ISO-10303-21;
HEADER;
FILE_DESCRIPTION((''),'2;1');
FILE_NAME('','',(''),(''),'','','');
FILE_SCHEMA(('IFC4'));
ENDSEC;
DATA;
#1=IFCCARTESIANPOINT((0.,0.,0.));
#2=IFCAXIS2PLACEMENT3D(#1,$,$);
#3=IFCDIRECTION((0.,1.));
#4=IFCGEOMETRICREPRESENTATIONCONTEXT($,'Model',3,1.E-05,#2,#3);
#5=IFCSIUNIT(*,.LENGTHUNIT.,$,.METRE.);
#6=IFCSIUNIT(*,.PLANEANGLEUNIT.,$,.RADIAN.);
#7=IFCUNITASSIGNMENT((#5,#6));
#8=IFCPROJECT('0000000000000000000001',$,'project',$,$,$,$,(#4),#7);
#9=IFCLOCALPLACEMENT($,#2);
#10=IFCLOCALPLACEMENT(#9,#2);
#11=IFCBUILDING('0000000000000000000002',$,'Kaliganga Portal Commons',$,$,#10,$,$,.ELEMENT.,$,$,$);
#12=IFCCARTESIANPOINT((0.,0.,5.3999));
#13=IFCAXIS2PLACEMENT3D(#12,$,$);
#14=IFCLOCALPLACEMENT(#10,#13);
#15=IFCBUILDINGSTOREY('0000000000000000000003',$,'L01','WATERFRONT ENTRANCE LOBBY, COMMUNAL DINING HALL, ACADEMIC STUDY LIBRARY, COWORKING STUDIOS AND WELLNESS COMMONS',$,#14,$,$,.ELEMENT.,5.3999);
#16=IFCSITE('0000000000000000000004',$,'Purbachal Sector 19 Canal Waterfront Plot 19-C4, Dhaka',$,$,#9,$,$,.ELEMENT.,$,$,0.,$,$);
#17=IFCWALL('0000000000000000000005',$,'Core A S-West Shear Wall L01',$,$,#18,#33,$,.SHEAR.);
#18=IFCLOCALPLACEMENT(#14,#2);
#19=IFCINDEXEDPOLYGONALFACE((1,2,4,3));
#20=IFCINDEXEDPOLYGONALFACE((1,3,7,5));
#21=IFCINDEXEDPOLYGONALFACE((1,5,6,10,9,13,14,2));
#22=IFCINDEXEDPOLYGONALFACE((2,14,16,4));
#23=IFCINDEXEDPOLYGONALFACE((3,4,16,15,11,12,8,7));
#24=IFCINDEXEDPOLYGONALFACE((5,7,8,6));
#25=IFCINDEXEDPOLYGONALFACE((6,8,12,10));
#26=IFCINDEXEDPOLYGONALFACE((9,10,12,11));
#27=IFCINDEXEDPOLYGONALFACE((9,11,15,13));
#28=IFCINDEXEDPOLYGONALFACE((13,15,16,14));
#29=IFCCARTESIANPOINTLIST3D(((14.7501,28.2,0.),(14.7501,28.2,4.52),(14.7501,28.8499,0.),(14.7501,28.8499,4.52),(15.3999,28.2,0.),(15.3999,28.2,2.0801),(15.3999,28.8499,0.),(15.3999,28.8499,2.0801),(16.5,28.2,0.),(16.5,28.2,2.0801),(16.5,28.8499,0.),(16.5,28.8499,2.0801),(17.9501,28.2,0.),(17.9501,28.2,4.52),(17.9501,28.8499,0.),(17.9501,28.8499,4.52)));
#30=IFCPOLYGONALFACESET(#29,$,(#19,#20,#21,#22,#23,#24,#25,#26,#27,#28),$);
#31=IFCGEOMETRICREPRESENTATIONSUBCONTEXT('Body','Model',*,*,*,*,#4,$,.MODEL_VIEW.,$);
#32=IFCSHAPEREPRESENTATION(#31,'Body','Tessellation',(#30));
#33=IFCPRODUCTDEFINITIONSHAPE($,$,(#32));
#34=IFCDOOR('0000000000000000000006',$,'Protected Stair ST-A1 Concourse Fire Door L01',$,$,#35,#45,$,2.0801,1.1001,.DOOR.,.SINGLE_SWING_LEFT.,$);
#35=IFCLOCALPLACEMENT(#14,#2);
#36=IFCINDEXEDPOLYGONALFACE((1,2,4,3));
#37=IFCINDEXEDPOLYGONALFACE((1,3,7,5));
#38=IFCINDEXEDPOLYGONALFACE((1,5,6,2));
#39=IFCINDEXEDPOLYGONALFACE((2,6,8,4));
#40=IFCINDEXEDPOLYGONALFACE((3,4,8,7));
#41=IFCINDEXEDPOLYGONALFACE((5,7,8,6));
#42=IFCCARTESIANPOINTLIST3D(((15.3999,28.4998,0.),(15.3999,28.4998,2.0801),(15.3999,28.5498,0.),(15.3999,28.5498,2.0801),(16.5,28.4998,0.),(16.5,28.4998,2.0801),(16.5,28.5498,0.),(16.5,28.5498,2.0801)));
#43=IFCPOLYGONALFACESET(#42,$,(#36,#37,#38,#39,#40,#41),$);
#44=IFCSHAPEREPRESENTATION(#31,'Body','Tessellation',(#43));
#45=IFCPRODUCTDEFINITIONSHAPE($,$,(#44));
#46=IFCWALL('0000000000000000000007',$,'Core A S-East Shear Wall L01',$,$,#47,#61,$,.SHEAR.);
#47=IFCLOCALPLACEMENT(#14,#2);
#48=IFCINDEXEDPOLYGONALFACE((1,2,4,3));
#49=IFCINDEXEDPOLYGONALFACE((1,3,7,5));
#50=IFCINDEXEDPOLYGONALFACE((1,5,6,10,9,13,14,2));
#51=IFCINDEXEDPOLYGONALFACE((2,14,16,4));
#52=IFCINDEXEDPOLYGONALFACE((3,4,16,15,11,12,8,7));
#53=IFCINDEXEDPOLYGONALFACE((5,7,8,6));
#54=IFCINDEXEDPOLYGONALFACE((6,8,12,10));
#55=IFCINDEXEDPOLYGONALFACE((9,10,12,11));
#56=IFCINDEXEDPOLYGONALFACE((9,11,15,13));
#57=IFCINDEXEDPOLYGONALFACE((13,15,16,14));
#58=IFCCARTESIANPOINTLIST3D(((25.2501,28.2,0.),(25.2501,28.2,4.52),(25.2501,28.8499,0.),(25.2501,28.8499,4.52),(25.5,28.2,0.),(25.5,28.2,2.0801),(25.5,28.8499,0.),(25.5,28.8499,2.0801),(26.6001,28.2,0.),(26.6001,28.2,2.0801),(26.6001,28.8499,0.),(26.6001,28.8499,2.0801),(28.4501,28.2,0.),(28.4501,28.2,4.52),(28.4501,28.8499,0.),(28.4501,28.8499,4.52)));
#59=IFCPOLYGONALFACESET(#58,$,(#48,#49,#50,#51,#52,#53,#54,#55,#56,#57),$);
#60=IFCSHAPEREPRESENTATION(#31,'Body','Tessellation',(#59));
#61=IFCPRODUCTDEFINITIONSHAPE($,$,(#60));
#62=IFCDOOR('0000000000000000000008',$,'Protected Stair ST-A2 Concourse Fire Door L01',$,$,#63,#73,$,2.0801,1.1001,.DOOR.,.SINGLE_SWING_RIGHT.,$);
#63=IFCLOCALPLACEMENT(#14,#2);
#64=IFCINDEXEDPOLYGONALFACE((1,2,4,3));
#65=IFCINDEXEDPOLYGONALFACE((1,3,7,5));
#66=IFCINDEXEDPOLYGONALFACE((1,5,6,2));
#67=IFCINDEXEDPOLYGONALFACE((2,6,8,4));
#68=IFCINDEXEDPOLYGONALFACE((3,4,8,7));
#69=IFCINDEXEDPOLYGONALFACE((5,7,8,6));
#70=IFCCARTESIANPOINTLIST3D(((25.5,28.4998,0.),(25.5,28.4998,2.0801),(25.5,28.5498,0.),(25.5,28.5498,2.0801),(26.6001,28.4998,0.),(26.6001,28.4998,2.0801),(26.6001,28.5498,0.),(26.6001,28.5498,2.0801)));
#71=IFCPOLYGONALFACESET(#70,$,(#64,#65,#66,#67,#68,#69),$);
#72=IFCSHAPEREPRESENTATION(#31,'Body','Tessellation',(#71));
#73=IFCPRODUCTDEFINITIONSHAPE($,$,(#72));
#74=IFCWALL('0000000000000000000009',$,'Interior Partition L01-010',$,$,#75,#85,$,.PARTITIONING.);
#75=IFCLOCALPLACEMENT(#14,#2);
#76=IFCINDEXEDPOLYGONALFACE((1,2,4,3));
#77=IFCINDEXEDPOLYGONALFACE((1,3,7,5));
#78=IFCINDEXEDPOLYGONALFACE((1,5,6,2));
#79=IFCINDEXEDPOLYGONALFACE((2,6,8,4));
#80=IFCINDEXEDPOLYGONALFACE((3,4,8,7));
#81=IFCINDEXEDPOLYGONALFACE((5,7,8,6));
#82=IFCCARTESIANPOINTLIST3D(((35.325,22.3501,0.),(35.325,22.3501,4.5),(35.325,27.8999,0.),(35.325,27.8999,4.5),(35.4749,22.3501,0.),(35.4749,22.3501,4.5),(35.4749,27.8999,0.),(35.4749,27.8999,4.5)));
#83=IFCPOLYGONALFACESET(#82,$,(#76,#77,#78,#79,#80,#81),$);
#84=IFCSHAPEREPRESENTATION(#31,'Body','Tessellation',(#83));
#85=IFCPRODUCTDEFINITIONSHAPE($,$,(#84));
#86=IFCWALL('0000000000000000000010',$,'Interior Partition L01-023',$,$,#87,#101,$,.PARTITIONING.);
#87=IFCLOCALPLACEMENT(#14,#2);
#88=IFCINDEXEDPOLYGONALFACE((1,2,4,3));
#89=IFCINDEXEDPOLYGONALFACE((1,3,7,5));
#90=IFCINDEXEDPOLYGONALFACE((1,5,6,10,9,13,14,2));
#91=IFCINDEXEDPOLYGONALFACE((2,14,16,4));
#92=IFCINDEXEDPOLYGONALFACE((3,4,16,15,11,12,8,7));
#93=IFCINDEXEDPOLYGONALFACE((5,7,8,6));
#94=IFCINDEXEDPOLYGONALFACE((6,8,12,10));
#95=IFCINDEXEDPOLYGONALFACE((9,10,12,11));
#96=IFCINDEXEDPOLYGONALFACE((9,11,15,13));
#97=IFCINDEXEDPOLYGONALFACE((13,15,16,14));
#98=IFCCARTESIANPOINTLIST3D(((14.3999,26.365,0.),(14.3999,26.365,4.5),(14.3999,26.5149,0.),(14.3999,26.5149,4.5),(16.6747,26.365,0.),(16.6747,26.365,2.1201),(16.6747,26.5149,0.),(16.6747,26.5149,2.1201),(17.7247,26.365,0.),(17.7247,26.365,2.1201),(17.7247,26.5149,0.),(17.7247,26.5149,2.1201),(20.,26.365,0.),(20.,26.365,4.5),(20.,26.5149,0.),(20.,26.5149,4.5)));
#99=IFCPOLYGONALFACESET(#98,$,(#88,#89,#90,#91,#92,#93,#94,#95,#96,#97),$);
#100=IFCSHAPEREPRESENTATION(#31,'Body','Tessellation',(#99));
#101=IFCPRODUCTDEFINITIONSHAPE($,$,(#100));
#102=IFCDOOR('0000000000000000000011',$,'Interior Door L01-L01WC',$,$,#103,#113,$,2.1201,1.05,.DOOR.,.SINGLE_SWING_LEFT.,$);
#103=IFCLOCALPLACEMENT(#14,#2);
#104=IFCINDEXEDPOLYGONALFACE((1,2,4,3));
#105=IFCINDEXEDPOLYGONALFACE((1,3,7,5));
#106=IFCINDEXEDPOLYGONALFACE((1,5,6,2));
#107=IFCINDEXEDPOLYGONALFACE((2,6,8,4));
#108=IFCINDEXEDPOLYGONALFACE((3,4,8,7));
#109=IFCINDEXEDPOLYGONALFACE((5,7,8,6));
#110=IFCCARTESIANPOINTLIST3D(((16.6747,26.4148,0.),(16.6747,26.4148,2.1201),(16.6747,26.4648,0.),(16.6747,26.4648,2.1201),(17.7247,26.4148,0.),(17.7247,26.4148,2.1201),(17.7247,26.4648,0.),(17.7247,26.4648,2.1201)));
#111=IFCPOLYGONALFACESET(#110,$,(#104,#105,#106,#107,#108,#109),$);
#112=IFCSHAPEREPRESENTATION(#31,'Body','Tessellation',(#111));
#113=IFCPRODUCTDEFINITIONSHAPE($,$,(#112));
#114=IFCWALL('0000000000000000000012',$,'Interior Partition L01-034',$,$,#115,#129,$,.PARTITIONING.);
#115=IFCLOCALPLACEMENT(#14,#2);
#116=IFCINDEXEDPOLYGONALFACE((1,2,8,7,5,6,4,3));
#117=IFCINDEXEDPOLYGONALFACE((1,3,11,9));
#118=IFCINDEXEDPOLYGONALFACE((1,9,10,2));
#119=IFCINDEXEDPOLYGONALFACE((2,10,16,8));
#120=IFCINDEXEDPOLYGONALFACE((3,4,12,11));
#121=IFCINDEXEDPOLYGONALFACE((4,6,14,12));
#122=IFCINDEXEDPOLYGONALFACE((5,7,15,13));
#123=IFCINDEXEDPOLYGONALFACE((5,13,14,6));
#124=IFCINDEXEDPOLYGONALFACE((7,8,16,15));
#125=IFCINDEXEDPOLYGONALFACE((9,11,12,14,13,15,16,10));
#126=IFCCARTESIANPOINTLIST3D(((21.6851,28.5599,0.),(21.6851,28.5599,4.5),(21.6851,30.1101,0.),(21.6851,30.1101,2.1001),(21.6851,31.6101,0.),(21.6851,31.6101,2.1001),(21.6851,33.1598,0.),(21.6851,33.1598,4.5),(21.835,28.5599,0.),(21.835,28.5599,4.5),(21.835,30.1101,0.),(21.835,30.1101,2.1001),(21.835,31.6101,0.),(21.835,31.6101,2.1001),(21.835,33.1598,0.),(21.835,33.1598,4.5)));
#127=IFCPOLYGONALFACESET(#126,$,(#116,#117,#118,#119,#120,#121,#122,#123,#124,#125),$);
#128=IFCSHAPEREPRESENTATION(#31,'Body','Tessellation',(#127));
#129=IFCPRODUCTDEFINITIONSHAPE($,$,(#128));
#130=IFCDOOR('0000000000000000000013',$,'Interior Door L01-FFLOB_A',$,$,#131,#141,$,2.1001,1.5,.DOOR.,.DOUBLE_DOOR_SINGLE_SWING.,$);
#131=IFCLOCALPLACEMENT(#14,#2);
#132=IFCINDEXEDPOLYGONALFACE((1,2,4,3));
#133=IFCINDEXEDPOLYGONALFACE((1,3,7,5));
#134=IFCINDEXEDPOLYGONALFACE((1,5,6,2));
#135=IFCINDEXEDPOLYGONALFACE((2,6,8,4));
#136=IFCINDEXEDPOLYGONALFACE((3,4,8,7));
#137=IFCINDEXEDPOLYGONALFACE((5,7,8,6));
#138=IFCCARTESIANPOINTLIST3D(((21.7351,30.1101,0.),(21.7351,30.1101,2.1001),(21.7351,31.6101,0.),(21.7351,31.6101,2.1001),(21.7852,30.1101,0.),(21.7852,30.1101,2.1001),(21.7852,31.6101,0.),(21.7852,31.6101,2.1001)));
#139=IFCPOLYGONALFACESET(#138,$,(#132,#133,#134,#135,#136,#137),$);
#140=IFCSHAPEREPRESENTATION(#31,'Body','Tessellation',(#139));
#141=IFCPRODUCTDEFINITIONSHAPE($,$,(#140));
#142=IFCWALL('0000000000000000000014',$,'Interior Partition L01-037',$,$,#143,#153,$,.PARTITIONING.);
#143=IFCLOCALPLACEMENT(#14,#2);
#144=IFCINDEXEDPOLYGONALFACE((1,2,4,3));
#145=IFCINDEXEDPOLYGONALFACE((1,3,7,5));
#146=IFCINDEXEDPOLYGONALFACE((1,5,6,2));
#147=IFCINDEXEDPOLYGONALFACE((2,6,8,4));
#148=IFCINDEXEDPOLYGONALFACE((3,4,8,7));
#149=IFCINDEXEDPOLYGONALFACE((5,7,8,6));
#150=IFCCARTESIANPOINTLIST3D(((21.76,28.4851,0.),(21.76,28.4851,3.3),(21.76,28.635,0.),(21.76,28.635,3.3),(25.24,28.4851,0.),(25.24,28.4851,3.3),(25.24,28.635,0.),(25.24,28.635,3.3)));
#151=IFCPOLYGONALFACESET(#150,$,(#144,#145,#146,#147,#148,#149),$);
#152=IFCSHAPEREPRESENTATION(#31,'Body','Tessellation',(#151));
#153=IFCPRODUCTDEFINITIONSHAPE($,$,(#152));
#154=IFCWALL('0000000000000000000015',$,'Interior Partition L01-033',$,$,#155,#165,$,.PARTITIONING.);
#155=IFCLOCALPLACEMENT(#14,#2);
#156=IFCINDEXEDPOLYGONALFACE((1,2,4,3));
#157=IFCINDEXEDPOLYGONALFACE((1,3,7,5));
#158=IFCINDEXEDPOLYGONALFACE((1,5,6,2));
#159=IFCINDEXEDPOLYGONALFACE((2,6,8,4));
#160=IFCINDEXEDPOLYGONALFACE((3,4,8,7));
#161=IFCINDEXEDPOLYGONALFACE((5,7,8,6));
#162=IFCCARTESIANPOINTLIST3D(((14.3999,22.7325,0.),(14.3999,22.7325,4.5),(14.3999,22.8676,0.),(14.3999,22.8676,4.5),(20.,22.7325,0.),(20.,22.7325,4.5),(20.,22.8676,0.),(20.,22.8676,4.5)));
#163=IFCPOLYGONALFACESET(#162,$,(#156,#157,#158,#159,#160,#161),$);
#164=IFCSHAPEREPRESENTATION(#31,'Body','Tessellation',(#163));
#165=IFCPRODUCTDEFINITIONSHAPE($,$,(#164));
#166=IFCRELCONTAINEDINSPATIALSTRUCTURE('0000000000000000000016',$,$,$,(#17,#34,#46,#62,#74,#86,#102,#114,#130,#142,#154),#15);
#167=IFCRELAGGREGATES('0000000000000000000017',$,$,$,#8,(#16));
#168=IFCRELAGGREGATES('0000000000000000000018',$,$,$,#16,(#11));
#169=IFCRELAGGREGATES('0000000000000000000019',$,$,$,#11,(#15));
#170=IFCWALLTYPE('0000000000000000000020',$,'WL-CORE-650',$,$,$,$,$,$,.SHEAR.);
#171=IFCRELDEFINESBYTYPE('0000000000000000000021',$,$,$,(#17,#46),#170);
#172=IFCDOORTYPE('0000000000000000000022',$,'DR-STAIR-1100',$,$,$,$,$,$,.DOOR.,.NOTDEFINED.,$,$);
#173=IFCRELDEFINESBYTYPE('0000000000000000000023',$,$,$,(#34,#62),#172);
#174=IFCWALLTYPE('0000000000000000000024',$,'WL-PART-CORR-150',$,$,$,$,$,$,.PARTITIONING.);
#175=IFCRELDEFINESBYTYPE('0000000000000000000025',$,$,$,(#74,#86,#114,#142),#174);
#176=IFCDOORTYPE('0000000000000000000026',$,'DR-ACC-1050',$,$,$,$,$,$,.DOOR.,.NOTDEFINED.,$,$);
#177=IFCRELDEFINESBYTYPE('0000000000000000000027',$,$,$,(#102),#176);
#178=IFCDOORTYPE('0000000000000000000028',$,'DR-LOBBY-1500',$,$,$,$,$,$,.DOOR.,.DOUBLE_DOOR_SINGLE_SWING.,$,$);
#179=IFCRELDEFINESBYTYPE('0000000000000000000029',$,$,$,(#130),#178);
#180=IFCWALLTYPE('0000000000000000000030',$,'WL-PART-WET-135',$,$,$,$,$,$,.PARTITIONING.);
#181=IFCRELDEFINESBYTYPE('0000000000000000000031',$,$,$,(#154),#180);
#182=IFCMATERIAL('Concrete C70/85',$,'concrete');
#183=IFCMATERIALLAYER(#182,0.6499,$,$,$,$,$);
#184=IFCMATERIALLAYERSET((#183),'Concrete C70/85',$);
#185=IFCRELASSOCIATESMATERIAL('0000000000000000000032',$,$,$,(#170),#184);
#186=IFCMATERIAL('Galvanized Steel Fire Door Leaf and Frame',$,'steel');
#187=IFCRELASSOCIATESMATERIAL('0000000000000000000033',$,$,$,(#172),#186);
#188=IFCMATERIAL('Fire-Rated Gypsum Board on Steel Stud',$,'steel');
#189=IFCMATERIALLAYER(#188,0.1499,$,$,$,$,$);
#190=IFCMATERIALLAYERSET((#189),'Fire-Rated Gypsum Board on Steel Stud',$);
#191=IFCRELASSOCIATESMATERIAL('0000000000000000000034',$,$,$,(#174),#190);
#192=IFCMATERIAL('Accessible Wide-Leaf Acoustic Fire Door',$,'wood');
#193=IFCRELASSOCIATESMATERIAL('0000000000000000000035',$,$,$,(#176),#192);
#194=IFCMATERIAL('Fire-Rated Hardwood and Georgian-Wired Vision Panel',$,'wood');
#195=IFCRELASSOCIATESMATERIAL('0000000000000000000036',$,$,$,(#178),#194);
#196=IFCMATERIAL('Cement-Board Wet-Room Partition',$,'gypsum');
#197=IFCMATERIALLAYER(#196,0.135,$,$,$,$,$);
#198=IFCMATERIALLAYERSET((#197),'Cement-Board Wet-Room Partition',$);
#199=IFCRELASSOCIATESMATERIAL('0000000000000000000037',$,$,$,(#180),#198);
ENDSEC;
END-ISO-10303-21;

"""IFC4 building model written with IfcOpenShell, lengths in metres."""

from ifc_helpers import new_model, si_unit, direction, frame, frame_2d, origin, place, context, subcontext, project, spatial, rectangle, extrude, material, layer, layer_set, type_object, element, fill, save


model = new_model("IFC4")

# Units and contexts
model_context = context("Model", 3, precision=1e-05, world=origin(), true_north=direction((0.0, 1.0)))
body_context = subcontext(model_context, "Body", "Model", "MODEL_VIEW")
ifc_project = project(units=[si_unit("LENGTHUNIT", "METRE"), si_unit("PLANEANGLEUNIT", "RADIAN")], contexts=[model_context])

# Site, building, storey
site_placement = place(None, origin())
site = spatial("IfcSite", under=ifc_project, at=site_placement, Name="Purbachal Sector 19 Canal Waterfront Plot 19-C4, Dhaka", CompositionType="ELEMENT", RefElevation=0.0)
building_placement = place(site_placement, origin())
building = spatial("IfcBuilding", under=site, at=building_placement, Name="Kaliganga Portal Commons", CompositionType="ELEMENT")
storey_placement = place(building_placement, frame((0.0, 0.0, 5.3999)))
storey = spatial("IfcBuildingStorey", under=building, at=storey_placement, Name="L01", Description="WATERFRONT ENTRANCE LOBBY, COMMUNAL DINING HALL, ACADEMIC STUDY LIBRARY, COWORKING STUDIOS AND WELLNESS COMMONS", CompositionType="ELEMENT", Elevation=5.3999)

# Shared definitions
ifc_material_1 = material(Name="Concrete C70/85", Category="concrete")

# Shared definitions
ifc_layer_1 = layer(ifc_material_1, 0.6499)
ifc_layer_set_1 = layer_set([ifc_layer_1], Name="Concrete C70/85")
wall_type_1 = type_object("IfcWallType", Name="WL-CORE-650", PredefinedType="SHEAR", material=ifc_layer_set_1)

# Walls, openings, doors
wall_1_placement = place(storey_placement, frame((14.75, 28.5249, 0.0), z_axis=(0.0, 0.0, 1.0), x_axis=(1.0, 0.0, 0.0)))
wall_1 = element("IfcWall", 1, at=wall_1_placement, inside=storey, type_object=wall_type_1, Name="Core A S-West Shear Wall L01", PredefinedType="SHEAR", context=body_context, shape_type="SweptSolid", body=[
    extrude(rectangle(XDim=3.2, YDim=0.6499, at=frame_2d((1.6001, 0.0))), origin(), (0.0, 0.0, 1.0), 4.52),
])
opening_1_placement = place(wall_1_placement, frame((0.6499, 0.0, 0.0)))
opening_1 = element("IfcOpeningElement", 2, at=opening_1_placement, cuts=wall_1, PredefinedType="OPENING", context=body_context, shape_type="SweptSolid", body=[
    extrude(rectangle(XDim=1.1001, YDim=2.0801, at=frame_2d((0.55, 1.04))), frame((0.0, 0.335, 0.0), z_axis=(0.0, -1.0, 0.0), x_axis=(1.0, 0.0, 0.0)), (0.0, 0.0, 1.0), 0.6699),
])
ifc_material_2 = material(Name="Galvanized Steel Fire Door Leaf and Frame", Category="steel")
door_type_1 = type_object("IfcDoorType", Name="DR-STAIR-1100", OperationType="NOTDEFINED", PredefinedType="DOOR", material=ifc_material_2)
door_1_placement = place(opening_1_placement, origin())
door_1 = element("IfcDoor", 3, at=door_1_placement, inside=storey, type_object=door_type_1, Name="Protected Stair ST-A1 Concourse Fire Door L01", OperationType="SINGLE_SWING_LEFT", OverallHeight=2.0801, OverallWidth=1.1001, PredefinedType="DOOR", context=body_context, shape_type="SweptSolid", body=[
    extrude(rectangle(XDim=1.1001, YDim=2.0801, at=frame_2d((0.55, 1.04))), frame((0.0, 0.0249, 0.0), z_axis=(0.0, -1.0, 0.0), x_axis=(1.0, 0.0, 0.0)), (0.0, 0.0, 1.0), 0.05),
])
fill(opening_1, door_1)
wall_2_placement = place(storey_placement, frame((25.25, 28.5249, 0.0), z_axis=(0.0, 0.0, 1.0), x_axis=(1.0, 0.0, 0.0)))
wall_2 = element("IfcWall", 4, at=wall_2_placement, inside=storey, type_object=wall_type_1, Name="Core A S-East Shear Wall L01", PredefinedType="SHEAR", context=body_context, shape_type="SweptSolid", body=[
    extrude(rectangle(XDim=3.2, YDim=0.6499, at=frame_2d((1.6001, 0.0))), origin(), (0.0, 0.0, 1.0), 4.52),
])
opening_2_placement = place(wall_2_placement, frame((0.25, 0.0, 0.0)))
opening_2 = element("IfcOpeningElement", 5, at=opening_2_placement, cuts=wall_2, PredefinedType="OPENING", context=body_context, shape_type="SweptSolid", body=[
    extrude(rectangle(XDim=1.1001, YDim=2.0801, at=frame_2d((0.55, 1.04))), frame((0.0, 0.335, 0.0), z_axis=(0.0, -1.0, 0.0), x_axis=(1.0, 0.0, 0.0)), (0.0, 0.0, 1.0), 0.6699),
])
door_2_placement = place(opening_2_placement, origin())
door_2 = element("IfcDoor", 6, at=door_2_placement, inside=storey, type_object=door_type_1, Name="Protected Stair ST-A2 Concourse Fire Door L01", OperationType="SINGLE_SWING_RIGHT", OverallHeight=2.0801, OverallWidth=1.1001, PredefinedType="DOOR", context=body_context, shape_type="SweptSolid", body=[
    extrude(rectangle(XDim=1.1001, YDim=2.0801, at=frame_2d((0.55, 1.04))), frame((0.0, 0.0249, 0.0), z_axis=(0.0, -1.0, 0.0), x_axis=(1.0, 0.0, 0.0)), (0.0, 0.0, 1.0), 0.05),
])
fill(opening_2, door_2)

# Wall
ifc_material_3 = material(Name="Fire-Rated Gypsum Board on Steel Stud", Category="steel")
ifc_layer_2 = layer(ifc_material_3, 0.1499)
ifc_layer_set_2 = layer_set([ifc_layer_2], Name="Fire-Rated Gypsum Board on Steel Stud")
wall_type_2 = type_object("IfcWallType", Name="WL-PART-CORR-150", PredefinedType="PARTITIONING", material=ifc_layer_set_2)
wall_3_placement = place(storey_placement, frame((35.3999, 22.3501, 0.0), z_axis=(0.0, 0.0, 1.0), x_axis=(0.0, 1.0, 0.0)))
element("IfcWall", 7, at=wall_3_placement, inside=storey, type_object=wall_type_2, Name="Interior Partition L01-010", PredefinedType="PARTITIONING", context=body_context, shape_type="SweptSolid", body=[
    extrude(rectangle(XDim=5.5498, YDim=0.1499, at=frame_2d((2.7749, 0.0))), origin(), (0.0, 0.0, 1.0), 4.5),
])

# Walls, openings, doors
wall_4_placement = place(storey_placement, frame((14.3999, 26.4399, 0.0), z_axis=(0.0, 0.0, 1.0), x_axis=(1.0, 0.0, 0.0)))
wall_4 = element("IfcWall", 8, at=wall_4_placement, inside=storey, type_object=wall_type_2, Name="Interior Partition L01-023", PredefinedType="PARTITIONING", context=body_context, shape_type="SweptSolid", body=[
    extrude(rectangle(XDim=5.6001, YDim=0.1499, at=frame_2d((2.8, 0.0))), origin(), (0.0, 0.0, 1.0), 4.5),
])
opening_3_placement = place(wall_4_placement, frame((2.2749, 0.0, 0.0)))
opening_3 = element("IfcOpeningElement", 9, at=opening_3_placement, cuts=wall_4, PredefinedType="OPENING", context=body_context, shape_type="SweptSolid", body=[
    extrude(rectangle(XDim=1.05, YDim=2.1201, at=frame_2d((0.5249, 1.0601))), frame((0.0, 0.085, 0.0), z_axis=(0.0, -1.0, 0.0), x_axis=(1.0, 0.0, 0.0)), (0.0, 0.0, 1.0), 0.1699),
])
ifc_material_4 = material(Name="Accessible Wide-Leaf Acoustic Fire Door", Category="wood")
door_type_2 = type_object("IfcDoorType", Name="DR-ACC-1050", OperationType="NOTDEFINED", PredefinedType="DOOR", material=ifc_material_4)
door_3_placement = place(opening_3_placement, origin())
door_3 = element("IfcDoor", 10, at=door_3_placement, inside=storey, type_object=door_type_2, Name="Interior Door L01-L01WC", OperationType="SINGLE_SWING_LEFT", OverallHeight=2.1201, OverallWidth=1.05, PredefinedType="DOOR", context=body_context, shape_type="SweptSolid", body=[
    extrude(rectangle(XDim=1.05, YDim=2.1201, at=frame_2d((0.5249, 1.0601))), frame((0.0, 0.0249, 0.0), z_axis=(0.0, -1.0, 0.0), x_axis=(1.0, 0.0, 0.0)), (0.0, 0.0, 1.0), 0.05),
])
fill(opening_3, door_3)
wall_5_placement = place(storey_placement, frame((21.76, 28.5601, 0.0), z_axis=(0.0, 0.0, 1.0), x_axis=(0.0, 1.0, 0.0)))
wall_5 = element("IfcWall", 11, at=wall_5_placement, inside=storey, type_object=wall_type_2, Name="Interior Partition L01-034", PredefinedType="PARTITIONING", context=body_context, shape_type="SweptSolid", body=[
    extrude(rectangle(XDim=4.5999, YDim=0.1499, at=frame_2d((2.2998, 0.0))), origin(), (0.0, 0.0, 1.0), 4.5),
])
opening_4_placement = place(wall_5_placement, frame((1.55, 0.0, 0.0)))
opening_4 = element("IfcOpeningElement", 12, at=opening_4_placement, cuts=wall_5, PredefinedType="OPENING", context=body_context, shape_type="SweptSolid", body=[
    extrude(rectangle(XDim=1.5, YDim=2.1001, at=frame_2d((0.75, 1.05))), frame((0.0, 0.085, 0.0), z_axis=(0.0, -1.0, 0.0), x_axis=(1.0, 0.0, 0.0)), (0.0, 0.0, 1.0), 0.1699),
])
ifc_material_5 = material(Name="Fire-Rated Hardwood and Georgian-Wired Vision Panel", Category="wood")
door_type_3 = type_object("IfcDoorType", Name="DR-LOBBY-1500", OperationType="DOUBLE_DOOR_SINGLE_SWING", PredefinedType="DOOR", material=ifc_material_5)
door_4_placement = place(opening_4_placement, origin())
door_4 = element("IfcDoor", 13, at=door_4_placement, inside=storey, type_object=door_type_3, Name="Interior Door L01-FFLOB_A", OperationType="DOUBLE_DOOR_SINGLE_SWING", OverallHeight=2.1001, OverallWidth=1.5, PredefinedType="DOOR", context=body_context, shape_type="SweptSolid", body=[
    extrude(rectangle(XDim=1.5, YDim=2.1001, at=frame_2d((0.75, 1.05))), frame((0.0, 0.0249, 0.0), z_axis=(0.0, -1.0, 0.0), x_axis=(1.0, 0.0, 0.0)), (0.0, 0.0, 1.0), 0.05),
])
fill(opening_4, door_4)

# Walls
wall_6_placement = place(storey_placement, frame((21.76, 28.5601, 0.0), z_axis=(0.0, 0.0, 1.0), x_axis=(1.0, 0.0, 0.0)))
element("IfcWall", 14, at=wall_6_placement, inside=storey, type_object=wall_type_2, Name="Interior Partition L01-037", PredefinedType="PARTITIONING", context=body_context, shape_type="SweptSolid", body=[
    extrude(rectangle(XDim=3.48, YDim=0.1499, at=frame_2d((1.74, 0.0))), origin(), (0.0, 0.0, 1.0), 3.3),
])
ifc_material_6 = material(Name="Cement-Board Wet-Room Partition", Category="gypsum")
ifc_layer_3 = layer(ifc_material_6, 0.135)
ifc_layer_set_3 = layer_set([ifc_layer_3], Name="Cement-Board Wet-Room Partition")
wall_type_3 = type_object("IfcWallType", Name="WL-PART-WET-135", PredefinedType="PARTITIONING", material=ifc_layer_set_3)
wall_7_placement = place(storey_placement, frame((14.3999, 22.8, 0.0), z_axis=(0.0, 0.0, 1.0), x_axis=(1.0, 0.0, 0.0)))
element("IfcWall", 15, at=wall_7_placement, inside=storey, type_object=wall_type_3, Name="Interior Partition L01-033", PredefinedType="PARTITIONING", context=body_context, shape_type="SweptSolid", body=[
    extrude(rectangle(XDim=5.6001, YDim=0.135, at=frame_2d((2.8, 0.0))), origin(), (0.0, 0.0, 1.0), 4.5),
])

save(model, "model.ifc")
